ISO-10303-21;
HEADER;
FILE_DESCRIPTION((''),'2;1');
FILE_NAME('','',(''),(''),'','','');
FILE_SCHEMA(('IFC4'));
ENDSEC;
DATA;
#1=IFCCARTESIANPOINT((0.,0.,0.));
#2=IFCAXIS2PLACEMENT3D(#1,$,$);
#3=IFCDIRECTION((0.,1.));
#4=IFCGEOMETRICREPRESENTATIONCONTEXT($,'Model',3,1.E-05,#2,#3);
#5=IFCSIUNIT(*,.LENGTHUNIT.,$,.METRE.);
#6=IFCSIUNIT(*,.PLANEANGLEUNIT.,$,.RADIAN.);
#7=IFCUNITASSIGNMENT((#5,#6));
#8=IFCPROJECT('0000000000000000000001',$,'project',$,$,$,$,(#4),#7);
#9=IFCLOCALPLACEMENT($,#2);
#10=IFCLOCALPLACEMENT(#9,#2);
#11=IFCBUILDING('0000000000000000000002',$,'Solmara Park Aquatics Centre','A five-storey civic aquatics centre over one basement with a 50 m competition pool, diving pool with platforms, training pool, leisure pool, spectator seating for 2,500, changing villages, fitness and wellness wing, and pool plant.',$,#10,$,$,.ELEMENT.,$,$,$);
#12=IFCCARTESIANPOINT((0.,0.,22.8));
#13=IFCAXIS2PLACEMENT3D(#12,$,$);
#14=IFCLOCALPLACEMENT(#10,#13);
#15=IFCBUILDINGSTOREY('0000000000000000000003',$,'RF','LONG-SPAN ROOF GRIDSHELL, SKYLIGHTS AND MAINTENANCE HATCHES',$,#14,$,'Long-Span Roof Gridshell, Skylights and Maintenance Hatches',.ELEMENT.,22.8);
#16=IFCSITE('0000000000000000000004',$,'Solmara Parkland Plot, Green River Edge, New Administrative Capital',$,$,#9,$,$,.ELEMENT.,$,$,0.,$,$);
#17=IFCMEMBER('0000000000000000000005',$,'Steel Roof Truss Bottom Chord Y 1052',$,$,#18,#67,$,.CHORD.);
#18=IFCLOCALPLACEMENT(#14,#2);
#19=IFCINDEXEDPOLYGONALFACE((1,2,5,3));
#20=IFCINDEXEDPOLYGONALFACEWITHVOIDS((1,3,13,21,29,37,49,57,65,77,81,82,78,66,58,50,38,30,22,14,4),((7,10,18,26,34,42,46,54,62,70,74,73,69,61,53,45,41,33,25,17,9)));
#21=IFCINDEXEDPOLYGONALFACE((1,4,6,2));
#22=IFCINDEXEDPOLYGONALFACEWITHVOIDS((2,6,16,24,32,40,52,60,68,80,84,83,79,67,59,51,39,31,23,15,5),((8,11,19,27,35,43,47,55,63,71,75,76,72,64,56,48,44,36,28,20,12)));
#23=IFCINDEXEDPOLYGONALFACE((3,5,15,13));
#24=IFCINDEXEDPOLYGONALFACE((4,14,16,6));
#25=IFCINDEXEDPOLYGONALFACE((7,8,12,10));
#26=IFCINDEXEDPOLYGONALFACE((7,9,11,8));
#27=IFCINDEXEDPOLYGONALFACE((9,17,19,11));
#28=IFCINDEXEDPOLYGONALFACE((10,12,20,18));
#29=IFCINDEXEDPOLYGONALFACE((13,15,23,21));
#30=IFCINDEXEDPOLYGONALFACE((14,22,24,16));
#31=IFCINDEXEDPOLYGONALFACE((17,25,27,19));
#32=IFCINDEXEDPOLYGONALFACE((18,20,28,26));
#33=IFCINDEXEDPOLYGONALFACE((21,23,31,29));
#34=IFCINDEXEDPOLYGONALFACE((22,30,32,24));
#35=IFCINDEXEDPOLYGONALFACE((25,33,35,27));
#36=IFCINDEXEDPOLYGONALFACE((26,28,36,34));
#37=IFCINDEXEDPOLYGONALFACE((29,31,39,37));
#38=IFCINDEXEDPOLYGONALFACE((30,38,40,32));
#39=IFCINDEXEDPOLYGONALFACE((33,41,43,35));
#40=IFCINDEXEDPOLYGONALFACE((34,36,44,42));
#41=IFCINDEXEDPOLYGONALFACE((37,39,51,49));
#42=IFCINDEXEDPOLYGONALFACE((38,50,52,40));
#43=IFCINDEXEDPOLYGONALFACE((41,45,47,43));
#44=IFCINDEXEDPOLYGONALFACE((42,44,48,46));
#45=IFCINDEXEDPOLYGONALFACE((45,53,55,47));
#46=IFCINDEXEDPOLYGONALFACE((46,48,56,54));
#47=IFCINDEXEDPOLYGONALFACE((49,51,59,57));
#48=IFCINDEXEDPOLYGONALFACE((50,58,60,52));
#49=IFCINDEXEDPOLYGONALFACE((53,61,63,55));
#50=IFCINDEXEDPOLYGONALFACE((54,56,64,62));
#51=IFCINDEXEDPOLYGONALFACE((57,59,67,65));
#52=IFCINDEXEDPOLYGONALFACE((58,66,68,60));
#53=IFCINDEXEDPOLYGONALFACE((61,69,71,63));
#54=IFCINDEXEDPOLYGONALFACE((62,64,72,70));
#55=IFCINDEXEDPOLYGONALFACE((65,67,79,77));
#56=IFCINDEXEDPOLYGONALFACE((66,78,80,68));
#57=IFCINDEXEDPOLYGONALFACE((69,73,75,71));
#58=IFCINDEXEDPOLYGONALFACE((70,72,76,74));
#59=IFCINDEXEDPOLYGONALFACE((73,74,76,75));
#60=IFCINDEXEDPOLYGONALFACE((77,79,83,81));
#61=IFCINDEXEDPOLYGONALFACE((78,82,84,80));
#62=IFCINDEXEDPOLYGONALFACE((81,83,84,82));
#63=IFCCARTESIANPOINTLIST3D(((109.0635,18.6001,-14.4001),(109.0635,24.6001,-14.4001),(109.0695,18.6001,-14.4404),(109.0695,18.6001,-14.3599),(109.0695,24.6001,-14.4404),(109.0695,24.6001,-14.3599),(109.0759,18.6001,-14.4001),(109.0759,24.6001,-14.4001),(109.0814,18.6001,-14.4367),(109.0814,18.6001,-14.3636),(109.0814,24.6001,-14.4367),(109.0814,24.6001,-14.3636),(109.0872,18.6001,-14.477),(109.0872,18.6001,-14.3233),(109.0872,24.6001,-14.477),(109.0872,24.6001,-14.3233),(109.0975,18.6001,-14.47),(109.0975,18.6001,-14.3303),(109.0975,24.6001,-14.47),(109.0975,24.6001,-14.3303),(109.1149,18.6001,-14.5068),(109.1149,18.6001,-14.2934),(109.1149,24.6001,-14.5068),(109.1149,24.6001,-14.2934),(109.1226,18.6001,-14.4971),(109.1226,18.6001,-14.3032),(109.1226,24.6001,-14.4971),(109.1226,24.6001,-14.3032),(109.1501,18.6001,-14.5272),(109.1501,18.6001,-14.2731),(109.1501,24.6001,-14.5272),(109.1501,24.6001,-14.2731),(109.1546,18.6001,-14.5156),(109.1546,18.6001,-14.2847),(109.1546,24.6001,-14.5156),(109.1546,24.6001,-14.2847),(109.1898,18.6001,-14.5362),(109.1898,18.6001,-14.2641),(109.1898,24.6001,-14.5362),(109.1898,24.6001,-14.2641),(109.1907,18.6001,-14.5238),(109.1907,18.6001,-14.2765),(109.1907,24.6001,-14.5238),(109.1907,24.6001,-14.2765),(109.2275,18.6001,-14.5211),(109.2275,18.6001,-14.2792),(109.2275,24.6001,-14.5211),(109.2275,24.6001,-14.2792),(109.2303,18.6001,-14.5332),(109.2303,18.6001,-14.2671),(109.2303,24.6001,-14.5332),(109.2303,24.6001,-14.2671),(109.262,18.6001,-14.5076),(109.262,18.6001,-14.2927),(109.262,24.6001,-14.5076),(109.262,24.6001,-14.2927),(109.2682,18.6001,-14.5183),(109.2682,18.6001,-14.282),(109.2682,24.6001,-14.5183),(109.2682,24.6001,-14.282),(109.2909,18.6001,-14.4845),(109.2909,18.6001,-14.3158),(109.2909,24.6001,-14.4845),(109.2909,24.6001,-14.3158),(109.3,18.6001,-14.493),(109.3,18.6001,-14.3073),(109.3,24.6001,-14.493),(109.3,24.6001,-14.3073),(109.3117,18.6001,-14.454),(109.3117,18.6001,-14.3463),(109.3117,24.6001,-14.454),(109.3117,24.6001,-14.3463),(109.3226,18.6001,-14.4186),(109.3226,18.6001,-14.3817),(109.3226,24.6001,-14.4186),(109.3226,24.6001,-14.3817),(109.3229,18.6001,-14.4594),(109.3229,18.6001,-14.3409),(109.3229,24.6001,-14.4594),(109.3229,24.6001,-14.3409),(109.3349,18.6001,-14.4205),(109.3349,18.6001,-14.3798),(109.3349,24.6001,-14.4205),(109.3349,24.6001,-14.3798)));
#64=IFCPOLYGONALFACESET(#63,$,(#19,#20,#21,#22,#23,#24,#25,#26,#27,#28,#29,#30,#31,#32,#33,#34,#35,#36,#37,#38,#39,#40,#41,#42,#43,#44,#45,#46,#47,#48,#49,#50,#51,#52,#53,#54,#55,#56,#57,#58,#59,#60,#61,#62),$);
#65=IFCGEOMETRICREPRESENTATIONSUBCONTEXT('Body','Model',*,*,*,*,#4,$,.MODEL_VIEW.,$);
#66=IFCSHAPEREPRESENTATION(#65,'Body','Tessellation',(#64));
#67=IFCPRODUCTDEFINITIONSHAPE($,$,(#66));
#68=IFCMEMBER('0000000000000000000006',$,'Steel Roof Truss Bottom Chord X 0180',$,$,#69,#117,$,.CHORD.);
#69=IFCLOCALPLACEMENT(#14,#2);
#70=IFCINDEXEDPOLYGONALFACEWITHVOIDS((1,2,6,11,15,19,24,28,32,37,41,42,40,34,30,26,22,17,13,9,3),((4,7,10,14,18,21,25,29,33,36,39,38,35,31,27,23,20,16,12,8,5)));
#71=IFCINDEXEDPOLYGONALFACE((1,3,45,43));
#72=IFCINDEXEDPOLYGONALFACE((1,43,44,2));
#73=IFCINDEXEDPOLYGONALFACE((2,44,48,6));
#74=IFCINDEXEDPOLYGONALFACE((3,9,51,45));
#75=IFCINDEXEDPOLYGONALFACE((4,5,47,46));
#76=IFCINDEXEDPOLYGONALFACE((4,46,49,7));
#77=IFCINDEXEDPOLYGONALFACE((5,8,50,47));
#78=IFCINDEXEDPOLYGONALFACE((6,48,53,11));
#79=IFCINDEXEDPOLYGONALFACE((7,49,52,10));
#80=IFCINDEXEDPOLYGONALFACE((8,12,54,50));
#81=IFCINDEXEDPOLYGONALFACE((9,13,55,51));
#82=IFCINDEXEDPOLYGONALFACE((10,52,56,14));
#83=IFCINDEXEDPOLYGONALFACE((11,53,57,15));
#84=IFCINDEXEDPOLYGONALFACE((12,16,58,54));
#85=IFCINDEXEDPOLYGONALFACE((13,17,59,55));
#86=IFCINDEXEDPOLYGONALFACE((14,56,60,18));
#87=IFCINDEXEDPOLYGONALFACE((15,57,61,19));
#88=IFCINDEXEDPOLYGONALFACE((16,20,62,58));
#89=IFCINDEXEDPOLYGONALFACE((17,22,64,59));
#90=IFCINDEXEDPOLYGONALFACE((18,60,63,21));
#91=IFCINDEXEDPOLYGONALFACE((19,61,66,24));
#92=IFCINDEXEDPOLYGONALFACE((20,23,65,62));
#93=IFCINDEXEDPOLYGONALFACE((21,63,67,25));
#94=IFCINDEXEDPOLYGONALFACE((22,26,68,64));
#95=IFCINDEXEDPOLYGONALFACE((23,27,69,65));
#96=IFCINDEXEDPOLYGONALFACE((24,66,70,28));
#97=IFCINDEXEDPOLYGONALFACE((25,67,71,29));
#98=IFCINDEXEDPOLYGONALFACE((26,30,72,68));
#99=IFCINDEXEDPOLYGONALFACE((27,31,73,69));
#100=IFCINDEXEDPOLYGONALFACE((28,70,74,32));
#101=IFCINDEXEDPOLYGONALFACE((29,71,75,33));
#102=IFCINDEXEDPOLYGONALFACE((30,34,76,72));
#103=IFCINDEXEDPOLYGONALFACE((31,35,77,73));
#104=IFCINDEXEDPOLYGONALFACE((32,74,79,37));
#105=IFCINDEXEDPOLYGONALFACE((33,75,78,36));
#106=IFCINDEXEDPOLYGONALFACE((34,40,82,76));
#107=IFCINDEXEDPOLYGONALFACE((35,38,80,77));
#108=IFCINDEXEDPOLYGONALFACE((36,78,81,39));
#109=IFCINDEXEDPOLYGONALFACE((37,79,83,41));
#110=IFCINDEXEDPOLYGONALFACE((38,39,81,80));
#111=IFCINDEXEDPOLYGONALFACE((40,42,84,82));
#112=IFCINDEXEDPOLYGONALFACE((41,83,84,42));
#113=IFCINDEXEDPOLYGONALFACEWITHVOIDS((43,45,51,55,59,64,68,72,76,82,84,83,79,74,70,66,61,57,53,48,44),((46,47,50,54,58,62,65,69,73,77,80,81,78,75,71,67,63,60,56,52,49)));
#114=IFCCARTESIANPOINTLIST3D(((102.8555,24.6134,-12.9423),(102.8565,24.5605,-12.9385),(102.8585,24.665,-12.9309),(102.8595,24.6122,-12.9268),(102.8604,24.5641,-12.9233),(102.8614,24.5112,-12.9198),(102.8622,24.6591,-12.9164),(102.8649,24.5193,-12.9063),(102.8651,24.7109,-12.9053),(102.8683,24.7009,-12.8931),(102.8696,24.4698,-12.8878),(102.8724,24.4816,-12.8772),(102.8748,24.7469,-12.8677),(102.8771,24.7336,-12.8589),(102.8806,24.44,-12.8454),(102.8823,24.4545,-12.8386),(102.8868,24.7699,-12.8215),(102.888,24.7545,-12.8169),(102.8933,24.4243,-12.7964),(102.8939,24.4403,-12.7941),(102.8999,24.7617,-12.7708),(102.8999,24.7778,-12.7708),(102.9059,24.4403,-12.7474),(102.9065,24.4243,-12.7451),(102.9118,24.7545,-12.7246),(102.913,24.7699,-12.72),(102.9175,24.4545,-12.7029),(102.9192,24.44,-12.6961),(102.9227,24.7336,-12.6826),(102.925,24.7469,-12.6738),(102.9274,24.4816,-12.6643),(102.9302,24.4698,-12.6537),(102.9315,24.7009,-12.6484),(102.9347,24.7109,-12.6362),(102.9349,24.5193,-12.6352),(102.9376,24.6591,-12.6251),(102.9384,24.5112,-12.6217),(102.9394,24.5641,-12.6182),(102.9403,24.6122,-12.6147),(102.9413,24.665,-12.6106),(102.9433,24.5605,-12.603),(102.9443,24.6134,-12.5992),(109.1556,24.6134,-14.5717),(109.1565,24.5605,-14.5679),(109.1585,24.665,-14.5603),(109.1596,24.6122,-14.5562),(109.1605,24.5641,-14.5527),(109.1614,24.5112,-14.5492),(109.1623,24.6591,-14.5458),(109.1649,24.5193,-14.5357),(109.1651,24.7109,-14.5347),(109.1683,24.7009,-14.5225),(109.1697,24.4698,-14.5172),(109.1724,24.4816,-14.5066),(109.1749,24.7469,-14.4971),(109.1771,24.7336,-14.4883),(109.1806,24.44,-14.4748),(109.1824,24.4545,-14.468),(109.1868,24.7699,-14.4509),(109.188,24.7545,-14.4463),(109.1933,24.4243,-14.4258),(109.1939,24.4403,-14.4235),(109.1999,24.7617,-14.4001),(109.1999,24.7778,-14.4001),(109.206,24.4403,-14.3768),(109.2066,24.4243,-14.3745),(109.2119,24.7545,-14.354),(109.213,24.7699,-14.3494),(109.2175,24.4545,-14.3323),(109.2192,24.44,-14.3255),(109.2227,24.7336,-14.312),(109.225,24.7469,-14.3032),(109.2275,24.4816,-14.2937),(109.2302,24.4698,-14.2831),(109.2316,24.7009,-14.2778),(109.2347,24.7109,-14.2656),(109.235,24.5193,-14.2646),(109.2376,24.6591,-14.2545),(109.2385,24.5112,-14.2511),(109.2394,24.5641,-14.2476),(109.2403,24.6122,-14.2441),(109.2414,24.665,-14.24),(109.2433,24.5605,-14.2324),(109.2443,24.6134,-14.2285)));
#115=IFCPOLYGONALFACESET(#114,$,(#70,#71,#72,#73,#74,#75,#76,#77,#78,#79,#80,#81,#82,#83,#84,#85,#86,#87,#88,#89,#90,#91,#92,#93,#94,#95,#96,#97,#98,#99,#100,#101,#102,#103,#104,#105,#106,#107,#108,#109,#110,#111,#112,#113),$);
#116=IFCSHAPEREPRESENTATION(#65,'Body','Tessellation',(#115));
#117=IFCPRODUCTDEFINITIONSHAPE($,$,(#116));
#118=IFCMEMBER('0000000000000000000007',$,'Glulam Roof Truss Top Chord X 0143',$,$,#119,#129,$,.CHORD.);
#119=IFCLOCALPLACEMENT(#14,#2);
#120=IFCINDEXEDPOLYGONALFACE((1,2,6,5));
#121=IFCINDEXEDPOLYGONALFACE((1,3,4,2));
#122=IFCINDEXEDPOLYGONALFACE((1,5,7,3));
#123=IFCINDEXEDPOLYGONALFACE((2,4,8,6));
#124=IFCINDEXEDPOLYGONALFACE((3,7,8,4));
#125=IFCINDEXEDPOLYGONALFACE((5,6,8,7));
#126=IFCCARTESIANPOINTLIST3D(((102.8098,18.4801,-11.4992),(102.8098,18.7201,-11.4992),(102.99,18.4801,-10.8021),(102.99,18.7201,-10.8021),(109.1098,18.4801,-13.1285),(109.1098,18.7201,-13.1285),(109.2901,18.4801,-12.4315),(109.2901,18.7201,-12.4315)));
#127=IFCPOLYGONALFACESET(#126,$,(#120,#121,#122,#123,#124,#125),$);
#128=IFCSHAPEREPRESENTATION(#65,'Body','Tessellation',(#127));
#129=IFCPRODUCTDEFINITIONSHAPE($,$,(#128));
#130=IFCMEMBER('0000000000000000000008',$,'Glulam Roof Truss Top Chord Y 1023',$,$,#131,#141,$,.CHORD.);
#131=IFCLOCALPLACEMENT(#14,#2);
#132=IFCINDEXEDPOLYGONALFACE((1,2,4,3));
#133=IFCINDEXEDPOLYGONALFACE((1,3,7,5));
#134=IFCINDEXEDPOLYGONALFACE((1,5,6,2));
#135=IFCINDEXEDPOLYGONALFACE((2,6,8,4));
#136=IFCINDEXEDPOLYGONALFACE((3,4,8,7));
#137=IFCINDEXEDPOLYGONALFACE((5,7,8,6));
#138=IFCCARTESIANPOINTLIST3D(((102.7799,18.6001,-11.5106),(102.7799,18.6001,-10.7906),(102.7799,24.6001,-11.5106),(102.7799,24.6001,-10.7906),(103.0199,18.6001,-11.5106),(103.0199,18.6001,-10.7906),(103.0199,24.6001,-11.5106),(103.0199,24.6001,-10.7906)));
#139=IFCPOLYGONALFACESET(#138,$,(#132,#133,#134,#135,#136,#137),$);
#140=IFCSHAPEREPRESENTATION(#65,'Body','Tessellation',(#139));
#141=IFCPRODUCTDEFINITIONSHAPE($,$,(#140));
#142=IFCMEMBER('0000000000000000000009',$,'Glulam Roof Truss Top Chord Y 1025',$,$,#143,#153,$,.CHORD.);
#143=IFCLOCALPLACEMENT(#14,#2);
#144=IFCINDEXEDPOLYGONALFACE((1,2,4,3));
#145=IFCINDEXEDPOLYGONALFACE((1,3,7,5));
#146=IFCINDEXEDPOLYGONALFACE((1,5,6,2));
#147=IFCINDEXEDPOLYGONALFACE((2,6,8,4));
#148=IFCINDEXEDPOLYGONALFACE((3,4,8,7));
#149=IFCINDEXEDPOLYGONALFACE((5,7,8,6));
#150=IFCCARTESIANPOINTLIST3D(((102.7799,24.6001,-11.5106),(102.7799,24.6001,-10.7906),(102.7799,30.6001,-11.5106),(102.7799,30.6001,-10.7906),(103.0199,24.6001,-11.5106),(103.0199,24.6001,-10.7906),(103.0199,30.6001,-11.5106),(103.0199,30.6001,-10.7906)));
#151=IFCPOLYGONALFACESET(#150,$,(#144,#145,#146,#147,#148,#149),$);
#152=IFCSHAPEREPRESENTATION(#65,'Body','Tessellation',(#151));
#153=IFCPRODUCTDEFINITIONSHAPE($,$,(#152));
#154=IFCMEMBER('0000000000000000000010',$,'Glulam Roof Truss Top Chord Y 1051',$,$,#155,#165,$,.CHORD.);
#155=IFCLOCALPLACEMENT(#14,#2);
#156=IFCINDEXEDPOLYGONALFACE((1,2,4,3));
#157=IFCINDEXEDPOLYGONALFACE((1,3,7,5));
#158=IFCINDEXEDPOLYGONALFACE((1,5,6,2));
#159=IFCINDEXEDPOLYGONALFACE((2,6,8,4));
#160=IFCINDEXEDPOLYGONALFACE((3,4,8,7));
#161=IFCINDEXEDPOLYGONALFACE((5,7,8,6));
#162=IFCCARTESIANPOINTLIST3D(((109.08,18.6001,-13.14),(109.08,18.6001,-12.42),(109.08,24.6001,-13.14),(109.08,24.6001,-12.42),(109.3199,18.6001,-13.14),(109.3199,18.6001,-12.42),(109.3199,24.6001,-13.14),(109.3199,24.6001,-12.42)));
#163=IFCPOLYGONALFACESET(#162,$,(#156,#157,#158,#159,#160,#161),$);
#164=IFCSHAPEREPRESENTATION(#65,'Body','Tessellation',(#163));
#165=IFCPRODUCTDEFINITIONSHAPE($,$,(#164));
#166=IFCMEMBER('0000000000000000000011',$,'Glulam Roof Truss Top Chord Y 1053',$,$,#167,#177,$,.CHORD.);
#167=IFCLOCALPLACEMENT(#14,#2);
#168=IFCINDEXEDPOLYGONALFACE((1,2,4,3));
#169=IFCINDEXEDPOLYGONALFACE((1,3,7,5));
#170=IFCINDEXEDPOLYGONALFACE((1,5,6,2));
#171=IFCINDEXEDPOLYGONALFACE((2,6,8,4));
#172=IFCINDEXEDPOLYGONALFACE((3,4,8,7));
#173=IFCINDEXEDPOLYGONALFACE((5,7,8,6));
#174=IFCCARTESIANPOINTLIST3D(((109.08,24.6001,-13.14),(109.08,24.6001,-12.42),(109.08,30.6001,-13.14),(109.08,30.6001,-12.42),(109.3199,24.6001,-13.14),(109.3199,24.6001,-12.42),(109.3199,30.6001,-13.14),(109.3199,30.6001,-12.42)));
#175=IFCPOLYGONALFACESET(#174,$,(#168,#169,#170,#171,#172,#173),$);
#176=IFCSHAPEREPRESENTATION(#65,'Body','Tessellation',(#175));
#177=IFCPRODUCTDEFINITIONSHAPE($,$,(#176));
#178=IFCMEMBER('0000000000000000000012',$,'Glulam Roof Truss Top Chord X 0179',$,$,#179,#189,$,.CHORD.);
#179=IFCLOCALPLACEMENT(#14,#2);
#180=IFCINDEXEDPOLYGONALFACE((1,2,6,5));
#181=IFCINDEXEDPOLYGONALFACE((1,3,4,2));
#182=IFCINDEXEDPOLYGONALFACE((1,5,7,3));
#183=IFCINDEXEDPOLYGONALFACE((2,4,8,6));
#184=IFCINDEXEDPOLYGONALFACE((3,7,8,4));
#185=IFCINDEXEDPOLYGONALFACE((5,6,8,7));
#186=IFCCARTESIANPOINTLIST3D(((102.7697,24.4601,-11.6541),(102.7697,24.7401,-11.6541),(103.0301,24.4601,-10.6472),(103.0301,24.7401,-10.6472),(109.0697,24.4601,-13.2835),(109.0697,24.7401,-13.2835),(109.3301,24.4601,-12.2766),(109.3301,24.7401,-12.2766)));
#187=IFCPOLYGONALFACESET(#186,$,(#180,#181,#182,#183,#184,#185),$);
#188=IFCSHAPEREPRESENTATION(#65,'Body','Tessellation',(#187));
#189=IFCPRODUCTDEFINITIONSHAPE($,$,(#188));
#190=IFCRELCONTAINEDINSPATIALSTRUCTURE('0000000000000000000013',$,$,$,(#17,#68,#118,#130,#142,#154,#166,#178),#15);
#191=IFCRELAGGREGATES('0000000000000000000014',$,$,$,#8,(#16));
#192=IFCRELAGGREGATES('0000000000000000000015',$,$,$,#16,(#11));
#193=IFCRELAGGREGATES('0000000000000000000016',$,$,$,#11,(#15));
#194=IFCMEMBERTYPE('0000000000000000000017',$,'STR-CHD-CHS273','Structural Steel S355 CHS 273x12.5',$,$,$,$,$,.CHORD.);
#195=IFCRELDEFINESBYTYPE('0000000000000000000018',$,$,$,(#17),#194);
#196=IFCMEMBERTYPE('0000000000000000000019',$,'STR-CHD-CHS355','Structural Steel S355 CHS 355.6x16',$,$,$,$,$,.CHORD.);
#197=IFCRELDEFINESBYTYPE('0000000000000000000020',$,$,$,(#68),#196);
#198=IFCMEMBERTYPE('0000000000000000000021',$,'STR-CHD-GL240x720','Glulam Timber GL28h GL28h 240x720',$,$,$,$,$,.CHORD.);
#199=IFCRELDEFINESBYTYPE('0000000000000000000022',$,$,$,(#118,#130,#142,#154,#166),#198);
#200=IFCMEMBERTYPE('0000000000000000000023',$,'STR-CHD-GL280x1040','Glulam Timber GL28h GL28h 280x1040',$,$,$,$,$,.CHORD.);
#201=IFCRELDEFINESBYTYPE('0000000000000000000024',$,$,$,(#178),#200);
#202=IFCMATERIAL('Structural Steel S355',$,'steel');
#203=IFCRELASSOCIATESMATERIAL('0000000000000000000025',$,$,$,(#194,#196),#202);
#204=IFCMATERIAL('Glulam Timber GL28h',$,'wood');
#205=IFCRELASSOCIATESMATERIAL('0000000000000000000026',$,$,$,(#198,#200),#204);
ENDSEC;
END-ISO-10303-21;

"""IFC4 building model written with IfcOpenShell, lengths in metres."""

from ifc_helpers import new_model, si_unit, direction, frame, origin, origin_2d, place, context, subcontext, project, spatial, rectangle, hollow_circle, extrude, material, material_profile, profile_set, type_object, element, save


model = new_model("IFC4")

# Units and contexts
model_context = context("Model", 3, precision=1e-05, world=origin(), true_north=direction((0.0, 1.0)))
body_context = subcontext(model_context, "Body", "Model", "MODEL_VIEW")
ifc_project = project(units=[si_unit("LENGTHUNIT", "METRE"), si_unit("PLANEANGLEUNIT", "RADIAN")], contexts=[model_context])

# Site, building, storey
site_placement = place(None, origin())
site = spatial("IfcSite", under=ifc_project, at=site_placement, Name="Solmara Parkland Plot, Green River Edge, New Administrative Capital", CompositionType="ELEMENT", RefElevation=0.0)
building_placement = place(site_placement, origin())
building = spatial("IfcBuilding", under=site, at=building_placement, Name="Solmara Park Aquatics Centre", Description="A five-storey civic aquatics centre over one basement with a 50 m competition pool, diving pool with platforms, training pool, leisure pool, spectator seating for 2,500, changing villages, fitness and wellness wing, and pool plant.", CompositionType="ELEMENT")
storey_placement = place(building_placement, frame((0.0, 0.0, 22.8)))
storey = spatial("IfcBuildingStorey", under=building, at=storey_placement, Name="RF", Description="LONG-SPAN ROOF GRIDSHELL, SKYLIGHTS AND MAINTENANCE HATCHES", LongName="Long-Span Roof Gridshell, Skylights and Maintenance Hatches", CompositionType="ELEMENT", Elevation=22.8)

# Members
ifc_material_1 = material(Name="Structural Steel S355", Category="steel")
ifc_material_profile_1 = material_profile(ifc_material_1, hollow_circle(Radius=0.1365, WallThickness=0.0125, at=origin_2d()), Name="CHS 273x12.5")
ifc_profile_set_1 = profile_set([ifc_material_profile_1], Name="Structural Steel S355")
member_type_1 = type_object("IfcMemberType", Name="STR-CHD-CHS273", Description="Structural Steel S355 CHS 273x12.5", PredefinedType="CHORD", material=ifc_profile_set_1)
for number, where, z_axis, x_axis, name in (
    (1, (109.2, 18.6001, -14.4001), (0.0, 1.0, 0.0), (-1.0, 0.0, 0.0), "Steel Roof Truss Bottom Chord Y 1052"),
):
    element("IfcMember", number, at=place(storey_placement, frame(where, z_axis=z_axis, x_axis=x_axis)), inside=storey, type_object=member_type_1, Name=name, PredefinedType="CHORD", context=body_context, shape_type="SweptSolid", body=[
        extrude(hollow_circle(Radius=0.1365, WallThickness=0.0125, at=origin_2d()), origin(), (0.0, 0.0, 1.0), 6.0),
    ])
ifc_material_profile_2 = material_profile(ifc_material_1, hollow_circle(Radius=0.1777, WallThickness=0.0161, at=origin_2d()), Name="CHS 355.6x16")
ifc_profile_set_2 = profile_set([ifc_material_profile_2], Name="Structural Steel S355")
member_type_2 = type_object("IfcMemberType", Name="STR-CHD-CHS355", Description="Structural Steel S355 CHS 355.6x16", PredefinedType="CHORD", material=ifc_profile_set_2)
member_1_placement = place(storey_placement, frame((102.8999, 24.6001, -12.7708), z_axis=(0.968144, 0.0, -0.250393), x_axis=(0.0, 1.0, 0.0)))
element("IfcMember", 2, at=member_1_placement, inside=storey, type_object=member_type_2, Name="Steel Roof Truss Bottom Chord X 0180", PredefinedType="CHORD", context=body_context, shape_type="SweptSolid", body=[
    extrude(hollow_circle(Radius=0.1777, WallThickness=0.0161, at=origin_2d()), origin(), (0.0, 0.0, 1.0), 6.5073),
])
ifc_material_2 = material(Name="Glulam Timber GL28h", Category="wood")
ifc_material_profile_3 = material_profile(ifc_material_2, rectangle(XDim=0.24, YDim=0.72, at=origin_2d()), Name="GL28h 240x720")
ifc_profile_set_3 = profile_set([ifc_material_profile_3], Name="Glulam Timber GL28h")
member_type_3 = type_object("IfcMemberType", Name="STR-CHD-GL240x720", Description="Glulam Timber GL28h GL28h 240x720", PredefinedType="CHORD", material=ifc_profile_set_3)
member_2_placement = place(storey_placement, frame((102.8999, 18.6001, -11.1506), z_axis=(0.968144, 0.0, -0.250393), x_axis=(0.0, 1.0, 0.0)))
element("IfcMember", 3, at=member_2_placement, inside=storey, type_object=member_type_3, Name="Glulam Roof Truss Top Chord X 0143", PredefinedType="CHORD", context=body_context, shape_type="SweptSolid", body=[
    extrude(rectangle(XDim=0.24, YDim=0.72, at=origin_2d()), origin(), (0.0, 0.0, 1.0), 6.5073),
])
for number, where, z_axis, x_axis, name in (
    (4, (102.8999, 18.6001, -11.1506), (0.0, 1.0, 0.0), (-1.0, 0.0, 0.0), "Glulam Roof Truss Top Chord Y 1023"),
    (5, (102.8999, 24.6001, -11.1506), (0.0, 1.0, 0.0), (-1.0, 0.0, 0.0), "Glulam Roof Truss Top Chord Y 1025"),
    (6, (109.2, 18.6001, -12.78), (0.0, 1.0, 0.0), (-1.0, 0.0, 0.0), "Glulam Roof Truss Top Chord Y 1051"),
    (7, (109.2, 24.6001, -12.78), (0.0, 1.0, 0.0), (-1.0, 0.0, 0.0), "Glulam Roof Truss Top Chord Y 1053"),
):
    element("IfcMember", number, at=place(storey_placement, frame(where, z_axis=z_axis, x_axis=x_axis)), inside=storey, type_object=member_type_3, Name=name, PredefinedType="CHORD", context=body_context, shape_type="SweptSolid", body=[
        extrude(rectangle(XDim=0.24, YDim=0.72, at=origin_2d()), origin(), (0.0, 0.0, 1.0), 6.0),
    ])
ifc_material_profile_4 = material_profile(ifc_material_2, rectangle(XDim=0.28, YDim=1.04, at=origin_2d()), Name="GL28h 280x1040")
ifc_profile_set_4 = profile_set([ifc_material_profile_4], Name="Glulam Timber GL28h")
member_type_4 = type_object("IfcMemberType", Name="STR-CHD-GL280x1040", Description="Glulam Timber GL28h GL28h 280x1040", PredefinedType="CHORD", material=ifc_profile_set_4)
member_3_placement = place(storey_placement, frame((102.8999, 24.6001, -11.1506), z_axis=(0.968144, 0.0, -0.250393), x_axis=(0.0, 1.0, 0.0)))
element("IfcMember", 8, at=member_3_placement, inside=storey, type_object=member_type_4, Name="Glulam Roof Truss Top Chord X 0179", PredefinedType="CHORD", context=body_context, shape_type="SweptSolid", body=[
    extrude(rectangle(XDim=0.28, YDim=1.04, at=origin_2d()), origin(), (0.0, 0.0, 1.0), 6.5073),
])

save(model, "model.ifc")
